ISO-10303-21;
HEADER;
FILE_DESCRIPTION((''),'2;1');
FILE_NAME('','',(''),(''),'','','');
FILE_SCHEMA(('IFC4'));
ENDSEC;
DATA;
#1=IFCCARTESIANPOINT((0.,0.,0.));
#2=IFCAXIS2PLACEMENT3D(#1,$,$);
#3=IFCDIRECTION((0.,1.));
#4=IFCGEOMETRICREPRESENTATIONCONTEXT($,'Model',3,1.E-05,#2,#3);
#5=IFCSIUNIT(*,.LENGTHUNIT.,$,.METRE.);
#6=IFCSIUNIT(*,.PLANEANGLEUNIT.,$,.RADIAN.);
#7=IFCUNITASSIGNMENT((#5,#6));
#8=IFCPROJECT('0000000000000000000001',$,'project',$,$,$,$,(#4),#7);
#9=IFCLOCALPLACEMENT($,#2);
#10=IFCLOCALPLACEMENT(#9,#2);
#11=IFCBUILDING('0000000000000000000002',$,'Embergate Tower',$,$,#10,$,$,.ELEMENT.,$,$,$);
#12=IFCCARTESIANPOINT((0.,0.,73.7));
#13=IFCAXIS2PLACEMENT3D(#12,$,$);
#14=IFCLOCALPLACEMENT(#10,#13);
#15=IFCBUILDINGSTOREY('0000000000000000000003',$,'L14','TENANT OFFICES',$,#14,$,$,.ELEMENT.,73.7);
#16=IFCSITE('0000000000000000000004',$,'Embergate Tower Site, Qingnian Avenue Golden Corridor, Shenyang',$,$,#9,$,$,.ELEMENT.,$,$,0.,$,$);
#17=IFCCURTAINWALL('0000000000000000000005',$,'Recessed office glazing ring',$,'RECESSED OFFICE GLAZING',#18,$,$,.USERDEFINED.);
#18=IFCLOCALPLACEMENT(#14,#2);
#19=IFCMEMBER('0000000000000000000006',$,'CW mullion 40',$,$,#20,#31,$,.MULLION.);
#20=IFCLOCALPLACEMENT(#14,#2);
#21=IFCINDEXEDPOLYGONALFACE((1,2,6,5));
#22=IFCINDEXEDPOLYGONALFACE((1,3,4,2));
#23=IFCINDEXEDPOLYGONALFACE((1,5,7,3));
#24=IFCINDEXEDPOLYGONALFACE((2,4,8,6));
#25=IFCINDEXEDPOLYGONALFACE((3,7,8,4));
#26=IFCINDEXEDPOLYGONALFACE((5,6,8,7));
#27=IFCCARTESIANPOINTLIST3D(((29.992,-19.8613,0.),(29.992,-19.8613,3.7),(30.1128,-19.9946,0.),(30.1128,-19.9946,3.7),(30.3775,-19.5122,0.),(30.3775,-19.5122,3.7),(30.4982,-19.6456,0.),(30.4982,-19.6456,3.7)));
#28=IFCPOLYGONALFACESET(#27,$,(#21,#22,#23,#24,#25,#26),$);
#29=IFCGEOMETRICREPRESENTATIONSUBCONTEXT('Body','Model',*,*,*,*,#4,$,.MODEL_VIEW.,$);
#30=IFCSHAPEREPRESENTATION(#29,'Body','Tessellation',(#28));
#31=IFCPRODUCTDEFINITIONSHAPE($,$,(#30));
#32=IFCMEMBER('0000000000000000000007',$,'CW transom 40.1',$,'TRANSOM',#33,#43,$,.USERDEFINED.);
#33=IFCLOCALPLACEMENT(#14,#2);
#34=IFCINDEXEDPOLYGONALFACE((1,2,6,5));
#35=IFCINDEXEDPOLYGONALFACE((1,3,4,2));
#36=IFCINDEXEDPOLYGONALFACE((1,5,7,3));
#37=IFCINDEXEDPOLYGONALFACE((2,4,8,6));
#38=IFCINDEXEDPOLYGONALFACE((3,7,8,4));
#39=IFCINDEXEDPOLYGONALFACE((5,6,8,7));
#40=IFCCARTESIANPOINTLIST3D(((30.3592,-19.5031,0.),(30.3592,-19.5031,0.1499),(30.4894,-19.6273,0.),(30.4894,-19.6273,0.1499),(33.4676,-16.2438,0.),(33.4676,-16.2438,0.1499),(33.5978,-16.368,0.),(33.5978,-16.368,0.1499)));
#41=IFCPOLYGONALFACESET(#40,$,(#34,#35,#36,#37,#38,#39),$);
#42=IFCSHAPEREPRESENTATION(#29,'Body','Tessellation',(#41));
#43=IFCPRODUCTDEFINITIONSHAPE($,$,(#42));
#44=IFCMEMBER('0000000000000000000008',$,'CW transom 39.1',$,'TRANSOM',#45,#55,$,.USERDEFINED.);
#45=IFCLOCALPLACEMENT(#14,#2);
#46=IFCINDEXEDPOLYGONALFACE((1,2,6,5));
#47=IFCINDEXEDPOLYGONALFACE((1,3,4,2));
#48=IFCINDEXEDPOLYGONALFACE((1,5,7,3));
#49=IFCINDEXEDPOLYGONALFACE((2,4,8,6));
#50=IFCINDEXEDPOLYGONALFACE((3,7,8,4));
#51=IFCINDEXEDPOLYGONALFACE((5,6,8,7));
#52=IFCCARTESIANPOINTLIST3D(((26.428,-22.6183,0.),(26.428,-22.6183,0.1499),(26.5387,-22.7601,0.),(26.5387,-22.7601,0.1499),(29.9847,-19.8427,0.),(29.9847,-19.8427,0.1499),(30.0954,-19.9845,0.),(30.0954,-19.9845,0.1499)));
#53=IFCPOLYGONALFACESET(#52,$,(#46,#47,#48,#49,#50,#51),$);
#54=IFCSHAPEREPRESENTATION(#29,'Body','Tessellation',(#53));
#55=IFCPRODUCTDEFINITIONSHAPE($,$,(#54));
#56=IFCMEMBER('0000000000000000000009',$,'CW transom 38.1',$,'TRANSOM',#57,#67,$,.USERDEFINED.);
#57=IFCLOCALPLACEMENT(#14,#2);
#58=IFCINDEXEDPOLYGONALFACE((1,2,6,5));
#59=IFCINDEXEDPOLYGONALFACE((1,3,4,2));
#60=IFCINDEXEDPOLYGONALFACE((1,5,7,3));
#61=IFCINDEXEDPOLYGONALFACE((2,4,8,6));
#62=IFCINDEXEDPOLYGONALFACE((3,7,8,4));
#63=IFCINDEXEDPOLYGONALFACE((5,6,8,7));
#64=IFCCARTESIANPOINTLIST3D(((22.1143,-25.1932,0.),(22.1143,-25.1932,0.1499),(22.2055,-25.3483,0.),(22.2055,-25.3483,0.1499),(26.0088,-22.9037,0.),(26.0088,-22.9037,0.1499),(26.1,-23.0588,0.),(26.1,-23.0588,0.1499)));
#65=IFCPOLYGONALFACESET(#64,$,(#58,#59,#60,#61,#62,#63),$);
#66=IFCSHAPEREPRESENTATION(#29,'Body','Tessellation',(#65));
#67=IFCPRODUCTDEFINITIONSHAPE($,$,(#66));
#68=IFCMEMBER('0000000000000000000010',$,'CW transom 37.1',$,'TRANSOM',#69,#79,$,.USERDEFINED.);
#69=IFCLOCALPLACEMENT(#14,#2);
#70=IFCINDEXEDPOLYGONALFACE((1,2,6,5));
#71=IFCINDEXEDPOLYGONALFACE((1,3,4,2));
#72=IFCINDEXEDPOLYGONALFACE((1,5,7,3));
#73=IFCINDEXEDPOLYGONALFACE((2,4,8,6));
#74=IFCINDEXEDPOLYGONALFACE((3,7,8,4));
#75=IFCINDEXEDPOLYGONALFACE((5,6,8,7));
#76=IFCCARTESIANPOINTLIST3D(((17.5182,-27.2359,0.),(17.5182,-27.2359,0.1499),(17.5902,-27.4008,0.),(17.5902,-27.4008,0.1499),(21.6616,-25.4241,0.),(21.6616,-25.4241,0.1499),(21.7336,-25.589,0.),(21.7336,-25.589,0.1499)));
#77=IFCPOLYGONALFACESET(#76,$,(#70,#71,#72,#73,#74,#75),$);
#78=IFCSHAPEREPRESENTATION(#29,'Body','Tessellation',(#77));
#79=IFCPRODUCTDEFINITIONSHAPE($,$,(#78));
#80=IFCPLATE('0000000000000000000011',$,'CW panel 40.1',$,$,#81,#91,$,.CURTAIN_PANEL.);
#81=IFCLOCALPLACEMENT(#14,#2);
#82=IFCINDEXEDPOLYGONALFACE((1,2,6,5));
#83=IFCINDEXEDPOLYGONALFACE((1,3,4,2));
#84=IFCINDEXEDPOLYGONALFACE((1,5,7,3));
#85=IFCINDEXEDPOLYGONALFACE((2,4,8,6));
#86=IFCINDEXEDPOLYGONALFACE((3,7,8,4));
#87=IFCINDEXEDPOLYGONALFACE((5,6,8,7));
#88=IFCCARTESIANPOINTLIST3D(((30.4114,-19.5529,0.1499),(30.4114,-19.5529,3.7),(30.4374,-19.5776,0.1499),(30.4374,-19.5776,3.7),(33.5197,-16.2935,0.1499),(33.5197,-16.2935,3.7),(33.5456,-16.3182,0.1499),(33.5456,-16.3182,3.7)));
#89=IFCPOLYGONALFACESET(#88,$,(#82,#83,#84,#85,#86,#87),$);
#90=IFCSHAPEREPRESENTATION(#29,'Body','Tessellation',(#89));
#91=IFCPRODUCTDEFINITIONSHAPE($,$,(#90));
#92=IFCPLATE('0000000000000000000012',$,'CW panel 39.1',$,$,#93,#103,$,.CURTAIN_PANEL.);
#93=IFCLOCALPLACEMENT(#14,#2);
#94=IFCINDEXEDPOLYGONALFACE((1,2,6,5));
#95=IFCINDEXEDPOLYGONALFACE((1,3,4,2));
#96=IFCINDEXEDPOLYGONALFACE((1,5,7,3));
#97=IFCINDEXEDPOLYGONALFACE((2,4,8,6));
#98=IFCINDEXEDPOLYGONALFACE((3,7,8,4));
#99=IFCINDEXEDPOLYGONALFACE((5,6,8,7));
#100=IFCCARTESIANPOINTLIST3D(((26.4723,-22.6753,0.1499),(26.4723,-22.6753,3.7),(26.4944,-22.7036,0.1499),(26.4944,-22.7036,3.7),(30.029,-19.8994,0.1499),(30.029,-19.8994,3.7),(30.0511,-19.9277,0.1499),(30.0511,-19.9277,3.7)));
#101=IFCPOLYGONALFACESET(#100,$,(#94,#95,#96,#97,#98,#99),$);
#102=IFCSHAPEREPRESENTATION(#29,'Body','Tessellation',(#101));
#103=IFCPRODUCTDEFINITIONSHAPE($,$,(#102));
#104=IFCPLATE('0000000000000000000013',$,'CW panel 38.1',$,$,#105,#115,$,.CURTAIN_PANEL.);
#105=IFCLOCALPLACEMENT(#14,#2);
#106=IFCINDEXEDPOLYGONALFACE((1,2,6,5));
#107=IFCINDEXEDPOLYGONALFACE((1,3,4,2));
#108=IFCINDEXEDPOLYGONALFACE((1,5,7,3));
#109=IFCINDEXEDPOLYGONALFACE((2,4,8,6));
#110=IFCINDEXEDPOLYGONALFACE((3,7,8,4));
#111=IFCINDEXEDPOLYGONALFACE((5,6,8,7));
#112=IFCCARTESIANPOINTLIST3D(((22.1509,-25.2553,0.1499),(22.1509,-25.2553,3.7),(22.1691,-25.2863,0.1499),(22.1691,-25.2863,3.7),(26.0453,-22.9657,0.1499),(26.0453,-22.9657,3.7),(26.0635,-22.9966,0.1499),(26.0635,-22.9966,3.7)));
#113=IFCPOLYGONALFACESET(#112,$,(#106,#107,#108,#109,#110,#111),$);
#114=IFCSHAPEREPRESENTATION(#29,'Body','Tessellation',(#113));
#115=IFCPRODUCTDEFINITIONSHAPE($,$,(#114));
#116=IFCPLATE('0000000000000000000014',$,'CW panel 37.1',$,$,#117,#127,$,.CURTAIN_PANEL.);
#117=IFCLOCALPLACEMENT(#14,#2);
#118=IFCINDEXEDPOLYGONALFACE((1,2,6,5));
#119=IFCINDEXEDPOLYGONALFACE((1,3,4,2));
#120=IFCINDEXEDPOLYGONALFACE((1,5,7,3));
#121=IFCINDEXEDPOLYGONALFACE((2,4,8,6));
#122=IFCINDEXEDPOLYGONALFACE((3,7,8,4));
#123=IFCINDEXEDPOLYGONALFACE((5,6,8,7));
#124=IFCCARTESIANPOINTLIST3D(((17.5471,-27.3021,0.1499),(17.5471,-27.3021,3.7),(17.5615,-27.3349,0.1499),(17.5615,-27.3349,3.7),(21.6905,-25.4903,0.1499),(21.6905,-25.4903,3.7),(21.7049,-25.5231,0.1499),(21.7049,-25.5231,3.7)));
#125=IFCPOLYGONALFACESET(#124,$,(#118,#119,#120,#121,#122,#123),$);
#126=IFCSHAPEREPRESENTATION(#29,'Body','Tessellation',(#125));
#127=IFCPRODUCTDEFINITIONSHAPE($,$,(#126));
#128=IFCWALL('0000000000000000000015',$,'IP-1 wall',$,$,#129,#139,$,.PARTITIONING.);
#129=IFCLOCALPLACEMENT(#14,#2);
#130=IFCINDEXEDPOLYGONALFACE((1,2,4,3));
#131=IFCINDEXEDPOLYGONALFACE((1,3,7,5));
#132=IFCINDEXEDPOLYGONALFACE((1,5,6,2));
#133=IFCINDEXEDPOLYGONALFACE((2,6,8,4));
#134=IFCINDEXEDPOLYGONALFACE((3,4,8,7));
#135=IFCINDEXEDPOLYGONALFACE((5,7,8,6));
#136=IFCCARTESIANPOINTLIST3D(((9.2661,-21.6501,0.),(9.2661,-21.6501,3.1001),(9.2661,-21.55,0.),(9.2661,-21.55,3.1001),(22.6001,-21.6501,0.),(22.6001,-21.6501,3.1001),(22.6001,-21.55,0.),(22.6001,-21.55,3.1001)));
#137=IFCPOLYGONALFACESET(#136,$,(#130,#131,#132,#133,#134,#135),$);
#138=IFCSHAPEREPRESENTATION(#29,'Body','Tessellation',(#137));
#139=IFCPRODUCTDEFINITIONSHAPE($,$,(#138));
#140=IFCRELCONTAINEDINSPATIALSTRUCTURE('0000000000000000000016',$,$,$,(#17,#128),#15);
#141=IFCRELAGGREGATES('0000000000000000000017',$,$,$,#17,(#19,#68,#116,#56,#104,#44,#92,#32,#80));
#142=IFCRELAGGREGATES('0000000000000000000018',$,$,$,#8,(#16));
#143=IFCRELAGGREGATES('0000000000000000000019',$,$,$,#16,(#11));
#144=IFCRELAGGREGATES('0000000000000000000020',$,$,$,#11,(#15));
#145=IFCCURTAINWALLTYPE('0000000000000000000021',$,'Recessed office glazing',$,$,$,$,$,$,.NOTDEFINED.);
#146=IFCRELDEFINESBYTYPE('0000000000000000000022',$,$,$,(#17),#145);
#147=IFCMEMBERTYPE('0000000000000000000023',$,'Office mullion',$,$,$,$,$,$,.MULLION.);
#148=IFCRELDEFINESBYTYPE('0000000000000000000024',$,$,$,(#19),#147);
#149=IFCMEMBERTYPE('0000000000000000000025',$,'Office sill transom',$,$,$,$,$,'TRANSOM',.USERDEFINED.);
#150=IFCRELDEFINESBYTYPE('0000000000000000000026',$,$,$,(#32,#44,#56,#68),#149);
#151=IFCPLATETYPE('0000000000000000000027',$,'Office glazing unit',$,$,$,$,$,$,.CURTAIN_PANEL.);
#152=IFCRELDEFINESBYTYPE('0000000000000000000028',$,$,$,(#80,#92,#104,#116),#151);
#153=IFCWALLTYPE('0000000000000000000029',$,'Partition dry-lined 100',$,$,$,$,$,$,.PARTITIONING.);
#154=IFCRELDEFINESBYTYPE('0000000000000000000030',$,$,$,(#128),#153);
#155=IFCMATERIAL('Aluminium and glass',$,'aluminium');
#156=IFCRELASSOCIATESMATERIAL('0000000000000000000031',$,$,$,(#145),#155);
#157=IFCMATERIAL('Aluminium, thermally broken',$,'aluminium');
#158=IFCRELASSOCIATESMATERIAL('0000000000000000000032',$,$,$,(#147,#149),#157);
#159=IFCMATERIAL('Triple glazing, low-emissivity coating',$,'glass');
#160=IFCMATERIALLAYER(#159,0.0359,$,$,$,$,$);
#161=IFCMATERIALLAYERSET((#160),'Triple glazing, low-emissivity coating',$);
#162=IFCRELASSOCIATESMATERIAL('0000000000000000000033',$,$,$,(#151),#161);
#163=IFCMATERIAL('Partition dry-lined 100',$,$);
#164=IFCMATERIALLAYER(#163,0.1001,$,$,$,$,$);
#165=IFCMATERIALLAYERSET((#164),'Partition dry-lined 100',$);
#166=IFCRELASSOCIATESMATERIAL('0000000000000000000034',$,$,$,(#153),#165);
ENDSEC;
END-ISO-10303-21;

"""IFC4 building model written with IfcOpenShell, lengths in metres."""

from ifc_helpers import new_model, si_unit, direction, frame, frame_2d, origin, origin_2d, place, context, subcontext, project, spatial, rectangle, extrude, source, transform, mapped, material, layer, layer_set, material_profile, profile_set, type_object, element, aggregate, save


model = new_model("IFC4")

# Units and contexts
model_context = context("Model", 3, precision=1e-05, world=origin(), true_north=direction((0.0, 1.0)))
body_context = subcontext(model_context, "Body", "Model", "MODEL_VIEW")
ifc_project = project(units=[si_unit("LENGTHUNIT", "METRE"), si_unit("PLANEANGLEUNIT", "RADIAN")], contexts=[model_context])

# Site, building, storey
site_placement = place(None, origin())
site = spatial("IfcSite", under=ifc_project, at=site_placement, Name="Embergate Tower Site, Qingnian Avenue Golden Corridor, Shenyang", CompositionType="ELEMENT", RefElevation=0.0)
building_placement = place(site_placement, origin())
building = spatial("IfcBuilding", under=site, at=building_placement, Name="Embergate Tower", CompositionType="ELEMENT")
storey_placement = place(building_placement, frame((0.0, 0.0, 73.7)))
storey = spatial("IfcBuildingStorey", under=building, at=storey_placement, Name="L14", Description="TENANT OFFICES", CompositionType="ELEMENT", Elevation=73.7)

# Curtain wall, members, plates
ifc_material_1 = material(Name="Aluminium and glass", Category="aluminium")
curtain_wall_type = type_object("IfcCurtainWallType", Name="Recessed office glazing", PredefinedType="NOTDEFINED", material=ifc_material_1)
curtain_wall_placement = place(storey_placement, origin())
curtain_wall = element("IfcCurtainWall", 1, at=curtain_wall_placement, inside=storey, type_object=curtain_wall_type, Name="Recessed office glazing ring", ObjectType="RECESSED OFFICE GLAZING", PredefinedType="USERDEFINED")
ifc_material_2 = material(Name="Aluminium, thermally broken", Category="aluminium")
ifc_material_profile_1 = material_profile(ifc_material_2, rectangle(XDim=0.1799, YDim=0.52, at=origin_2d()), Name="AL 520x180")
ifc_profile_set_1 = profile_set([ifc_material_profile_1], Name="Aluminium, thermally broken")
member_type_1 = type_object("IfcMemberType", Name="Office mullion", PredefinedType="MULLION", material=ifc_profile_set_1)
shared_shape_1 = source(origin(), body_context, "Body", "SweptSolid", [
    extrude(rectangle(XDim=0.1799, YDim=0.52, at=origin_2d()), origin(), (0.0, 0.0, 1.0), 3.7),
])
member_1_placement = place(storey_placement, frame((30.2451, -19.7534, 0.0), z_axis=(0.0, 0.0, 1.0), x_axis=(-0.671234, 0.741245, 0.0)))
member_1 = element("IfcMember", 2, at=member_1_placement, type_object=member_type_1, Name="CW mullion 40", PredefinedType="MULLION", context=body_context, shape_type="MappedRepresentation", body=[
    mapped(shared_shape_1, transform((0.0, 0.0, 0.0))),
])
ifc_material_profile_2 = material_profile(ifc_material_2, rectangle(XDim=0.1799, YDim=0.1499, at=origin_2d()), Name="AL 150x180")
ifc_profile_set_2 = profile_set([ifc_material_profile_2], Name="Aluminium, thermally broken")
member_type_2 = type_object("IfcMemberType", Name="Office sill transom", ElementType="TRANSOM", PredefinedType="USERDEFINED", material=ifc_profile_set_2)
shared_shape_2 = source(origin(), body_context, "Body", "SweptSolid", [
    extrude(rectangle(XDim=0.1799, YDim=0.1499, at=origin_2d()), origin(), (0.0, 0.0, 1.0), 4.5039),
])
member_2_placement = place(storey_placement, frame((30.4243, -19.5652, 0.075), z_axis=(0.690159, 0.723658, 0.0), x_axis=(-0.723658, 0.690159, 0.0)))
member_2 = element("IfcMember", 3, at=member_2_placement, type_object=member_type_2, Name="CW transom 40.1", ObjectType="TRANSOM", PredefinedType="USERDEFINED", context=body_context, shape_type="MappedRepresentation", body=[
    mapped(shared_shape_2, transform((0.0, 0.0, 0.0))),
])
shared_shape_3 = source(origin(), body_context, "Body", "SweptSolid", [
    extrude(rectangle(XDim=0.1799, YDim=0.1499, at=origin_2d()), origin(), (0.0, 0.0, 1.0), 4.5115),
])
member_3_placement = place(storey_placement, frame((26.4834, -22.6892, 0.075), z_axis=(0.788346, 0.615232, 0.0), x_axis=(-0.615232, 0.788346, 0.0)))
member_3 = element("IfcMember", 4, at=member_3_placement, type_object=member_type_2, Name="CW transom 39.1", ObjectType="TRANSOM", PredefinedType="USERDEFINED", context=body_context, shape_type="MappedRepresentation", body=[
    mapped(shared_shape_3, transform((0.0, 0.0, 0.0))),
])
shared_shape_4 = source(origin(), body_context, "Body", "SweptSolid", [
    extrude(rectangle(XDim=0.1799, YDim=0.1499, at=origin_2d()), origin(), (0.0, 0.0, 1.0), 4.5176),
])
member_4_placement = place(storey_placement, frame((22.1599, -25.2708, 0.075), z_axis=(0.862065, 0.506798, 0.0), x_axis=(-0.506798, 0.862065, 0.0)))
member_4 = element("IfcMember", 5, at=member_4_placement, type_object=member_type_2, Name="CW transom 38.1", ObjectType="TRANSOM", PredefinedType="USERDEFINED", context=body_context, shape_type="MappedRepresentation", body=[
    mapped(shared_shape_4, transform((0.0, 0.0, 0.0))),
])
shared_shape_5 = source(origin(), body_context, "Body", "SweptSolid", [
    extrude(rectangle(XDim=0.1799, YDim=0.1499, at=origin_2d()), origin(), (0.0, 0.0, 1.0), 4.5222),
])
member_5_placement = place(storey_placement, frame((17.5542, -27.3184, 0.075), z_axis=(0.916233, 0.400646, 0.0), x_axis=(-0.400646, 0.916233, 0.0)))
member_5 = element("IfcMember", 6, at=member_5_placement, type_object=member_type_2, Name="CW transom 37.1", ObjectType="TRANSOM", PredefinedType="USERDEFINED", context=body_context, shape_type="MappedRepresentation", body=[
    mapped(shared_shape_5, transform((0.0, 0.0, 0.0))),
])
ifc_material_3 = material(Name="Triple glazing, low-emissivity coating", Category="glass")
ifc_layer_1 = layer(ifc_material_3, 0.0359)
ifc_layer_set_1 = layer_set([ifc_layer_1], Name="Triple glazing, low-emissivity coating")
plate_type = type_object("IfcPlateType", Name="Office glazing unit", PredefinedType="CURTAIN_PANEL", material=ifc_layer_set_1)
shared_shape_6 = source(origin(), body_context, "Body", "SweptSolid", [
    extrude(rectangle(XDim=4.5039, YDim=0.0359, at=origin_2d()), origin(), (0.0, 0.0, 1.0), 3.55),
])
plate_1_placement = place(storey_placement, frame((31.9785, -17.9355, 0.1499), z_axis=(0.0, 0.0, 1.0), x_axis=(0.69013, 0.723685, 0.0)))
plate_1 = element("IfcPlate", 7, at=plate_1_placement, type_object=plate_type, Name="CW panel 40.1", PredefinedType="CURTAIN_PANEL", context=body_context, shape_type="MappedRepresentation", body=[
    mapped(shared_shape_6, transform((0.0, 0.0, 0.0))),
])
shared_shape_7 = source(origin(), body_context, "Body", "SweptSolid", [
    extrude(rectangle(XDim=4.5117, YDim=0.0359, at=origin_2d()), origin(), (0.0, 0.0, 1.0), 3.55),
])
plate_2_placement = place(storey_placement, frame((28.2617, -21.3015, 0.1499), z_axis=(0.0, 0.0, 1.0), x_axis=(0.788317, 0.615269, 0.0)))
plate_2 = element("IfcPlate", 8, at=plate_2_placement, type_object=plate_type, Name="CW panel 39.1", PredefinedType="CURTAIN_PANEL", context=body_context, shape_type="MappedRepresentation", body=[
    mapped(shared_shape_7, transform((0.0, 0.0, 0.0))),
])
shared_shape_8 = source(origin(), body_context, "Body", "SweptSolid", [
    extrude(rectangle(XDim=4.5176, YDim=0.0359, at=origin_2d()), origin(), (0.0, 0.0, 1.0), 3.55),
])
plate_3_placement = place(storey_placement, frame((24.1072, -24.126, 0.1499), z_axis=(0.0, 0.0, 1.0), x_axis=(0.862051, 0.506822, 0.0)))
plate_3 = element("IfcPlate", 9, at=plate_3_placement, type_object=plate_type, Name="CW panel 38.1", PredefinedType="CURTAIN_PANEL", context=body_context, shape_type="MappedRepresentation", body=[
    mapped(shared_shape_8, transform((0.0, 0.0, 0.0))),
])
shared_shape_9 = source(origin(), body_context, "Body", "SweptSolid", [
    extrude(rectangle(XDim=4.5222, YDim=0.0359, at=origin_2d()), origin(), (0.0, 0.0, 1.0), 3.55),
])
plate_4_placement = place(storey_placement, frame((19.626, -26.4126, 0.1499), z_axis=(0.0, 0.0, 1.0), x_axis=(0.916234, 0.400643, 0.0)))
plate_4 = element("IfcPlate", 10, at=plate_4_placement, type_object=plate_type, Name="CW panel 37.1", PredefinedType="CURTAIN_PANEL", context=body_context, shape_type="MappedRepresentation", body=[
    mapped(shared_shape_9, transform((0.0, 0.0, 0.0))),
])
aggregate(curtain_wall, [member_1, member_5, plate_4, member_4, plate_3, member_3, plate_2, member_2, plate_1])

# Wall
ifc_material_4 = material(Name="Partition dry-lined 100")
ifc_layer_2 = layer(ifc_material_4, 0.1001)
ifc_layer_set_2 = layer_set([ifc_layer_2], Name="Partition dry-lined 100")
wall_type = type_object("IfcWallType", Name="Partition dry-lined 100", PredefinedType="PARTITIONING", material=ifc_layer_set_2)
shared_shape_10 = source(origin(), body_context, "Body", "SweptSolid", [
    extrude(rectangle(XDim=13.334, YDim=0.1001, at=frame_2d((6.667, 0.0))), origin(), (0.0, 0.0, 1.0), 3.1001),
])
wall_placement = place(storey_placement, frame((22.6001, -21.6001, 0.0), z_axis=(0.0, 0.0, 1.0), x_axis=(-1.0, 0.0, 0.0)))
element("IfcWall", 11, at=wall_placement, inside=storey, type_object=wall_type, Name="IP-1 wall", PredefinedType="PARTITIONING", context=body_context, shape_type="MappedRepresentation", body=[
    mapped(shared_shape_10, transform((0.0, 0.0, 0.0))),
])

save(model, "model.ifc")
